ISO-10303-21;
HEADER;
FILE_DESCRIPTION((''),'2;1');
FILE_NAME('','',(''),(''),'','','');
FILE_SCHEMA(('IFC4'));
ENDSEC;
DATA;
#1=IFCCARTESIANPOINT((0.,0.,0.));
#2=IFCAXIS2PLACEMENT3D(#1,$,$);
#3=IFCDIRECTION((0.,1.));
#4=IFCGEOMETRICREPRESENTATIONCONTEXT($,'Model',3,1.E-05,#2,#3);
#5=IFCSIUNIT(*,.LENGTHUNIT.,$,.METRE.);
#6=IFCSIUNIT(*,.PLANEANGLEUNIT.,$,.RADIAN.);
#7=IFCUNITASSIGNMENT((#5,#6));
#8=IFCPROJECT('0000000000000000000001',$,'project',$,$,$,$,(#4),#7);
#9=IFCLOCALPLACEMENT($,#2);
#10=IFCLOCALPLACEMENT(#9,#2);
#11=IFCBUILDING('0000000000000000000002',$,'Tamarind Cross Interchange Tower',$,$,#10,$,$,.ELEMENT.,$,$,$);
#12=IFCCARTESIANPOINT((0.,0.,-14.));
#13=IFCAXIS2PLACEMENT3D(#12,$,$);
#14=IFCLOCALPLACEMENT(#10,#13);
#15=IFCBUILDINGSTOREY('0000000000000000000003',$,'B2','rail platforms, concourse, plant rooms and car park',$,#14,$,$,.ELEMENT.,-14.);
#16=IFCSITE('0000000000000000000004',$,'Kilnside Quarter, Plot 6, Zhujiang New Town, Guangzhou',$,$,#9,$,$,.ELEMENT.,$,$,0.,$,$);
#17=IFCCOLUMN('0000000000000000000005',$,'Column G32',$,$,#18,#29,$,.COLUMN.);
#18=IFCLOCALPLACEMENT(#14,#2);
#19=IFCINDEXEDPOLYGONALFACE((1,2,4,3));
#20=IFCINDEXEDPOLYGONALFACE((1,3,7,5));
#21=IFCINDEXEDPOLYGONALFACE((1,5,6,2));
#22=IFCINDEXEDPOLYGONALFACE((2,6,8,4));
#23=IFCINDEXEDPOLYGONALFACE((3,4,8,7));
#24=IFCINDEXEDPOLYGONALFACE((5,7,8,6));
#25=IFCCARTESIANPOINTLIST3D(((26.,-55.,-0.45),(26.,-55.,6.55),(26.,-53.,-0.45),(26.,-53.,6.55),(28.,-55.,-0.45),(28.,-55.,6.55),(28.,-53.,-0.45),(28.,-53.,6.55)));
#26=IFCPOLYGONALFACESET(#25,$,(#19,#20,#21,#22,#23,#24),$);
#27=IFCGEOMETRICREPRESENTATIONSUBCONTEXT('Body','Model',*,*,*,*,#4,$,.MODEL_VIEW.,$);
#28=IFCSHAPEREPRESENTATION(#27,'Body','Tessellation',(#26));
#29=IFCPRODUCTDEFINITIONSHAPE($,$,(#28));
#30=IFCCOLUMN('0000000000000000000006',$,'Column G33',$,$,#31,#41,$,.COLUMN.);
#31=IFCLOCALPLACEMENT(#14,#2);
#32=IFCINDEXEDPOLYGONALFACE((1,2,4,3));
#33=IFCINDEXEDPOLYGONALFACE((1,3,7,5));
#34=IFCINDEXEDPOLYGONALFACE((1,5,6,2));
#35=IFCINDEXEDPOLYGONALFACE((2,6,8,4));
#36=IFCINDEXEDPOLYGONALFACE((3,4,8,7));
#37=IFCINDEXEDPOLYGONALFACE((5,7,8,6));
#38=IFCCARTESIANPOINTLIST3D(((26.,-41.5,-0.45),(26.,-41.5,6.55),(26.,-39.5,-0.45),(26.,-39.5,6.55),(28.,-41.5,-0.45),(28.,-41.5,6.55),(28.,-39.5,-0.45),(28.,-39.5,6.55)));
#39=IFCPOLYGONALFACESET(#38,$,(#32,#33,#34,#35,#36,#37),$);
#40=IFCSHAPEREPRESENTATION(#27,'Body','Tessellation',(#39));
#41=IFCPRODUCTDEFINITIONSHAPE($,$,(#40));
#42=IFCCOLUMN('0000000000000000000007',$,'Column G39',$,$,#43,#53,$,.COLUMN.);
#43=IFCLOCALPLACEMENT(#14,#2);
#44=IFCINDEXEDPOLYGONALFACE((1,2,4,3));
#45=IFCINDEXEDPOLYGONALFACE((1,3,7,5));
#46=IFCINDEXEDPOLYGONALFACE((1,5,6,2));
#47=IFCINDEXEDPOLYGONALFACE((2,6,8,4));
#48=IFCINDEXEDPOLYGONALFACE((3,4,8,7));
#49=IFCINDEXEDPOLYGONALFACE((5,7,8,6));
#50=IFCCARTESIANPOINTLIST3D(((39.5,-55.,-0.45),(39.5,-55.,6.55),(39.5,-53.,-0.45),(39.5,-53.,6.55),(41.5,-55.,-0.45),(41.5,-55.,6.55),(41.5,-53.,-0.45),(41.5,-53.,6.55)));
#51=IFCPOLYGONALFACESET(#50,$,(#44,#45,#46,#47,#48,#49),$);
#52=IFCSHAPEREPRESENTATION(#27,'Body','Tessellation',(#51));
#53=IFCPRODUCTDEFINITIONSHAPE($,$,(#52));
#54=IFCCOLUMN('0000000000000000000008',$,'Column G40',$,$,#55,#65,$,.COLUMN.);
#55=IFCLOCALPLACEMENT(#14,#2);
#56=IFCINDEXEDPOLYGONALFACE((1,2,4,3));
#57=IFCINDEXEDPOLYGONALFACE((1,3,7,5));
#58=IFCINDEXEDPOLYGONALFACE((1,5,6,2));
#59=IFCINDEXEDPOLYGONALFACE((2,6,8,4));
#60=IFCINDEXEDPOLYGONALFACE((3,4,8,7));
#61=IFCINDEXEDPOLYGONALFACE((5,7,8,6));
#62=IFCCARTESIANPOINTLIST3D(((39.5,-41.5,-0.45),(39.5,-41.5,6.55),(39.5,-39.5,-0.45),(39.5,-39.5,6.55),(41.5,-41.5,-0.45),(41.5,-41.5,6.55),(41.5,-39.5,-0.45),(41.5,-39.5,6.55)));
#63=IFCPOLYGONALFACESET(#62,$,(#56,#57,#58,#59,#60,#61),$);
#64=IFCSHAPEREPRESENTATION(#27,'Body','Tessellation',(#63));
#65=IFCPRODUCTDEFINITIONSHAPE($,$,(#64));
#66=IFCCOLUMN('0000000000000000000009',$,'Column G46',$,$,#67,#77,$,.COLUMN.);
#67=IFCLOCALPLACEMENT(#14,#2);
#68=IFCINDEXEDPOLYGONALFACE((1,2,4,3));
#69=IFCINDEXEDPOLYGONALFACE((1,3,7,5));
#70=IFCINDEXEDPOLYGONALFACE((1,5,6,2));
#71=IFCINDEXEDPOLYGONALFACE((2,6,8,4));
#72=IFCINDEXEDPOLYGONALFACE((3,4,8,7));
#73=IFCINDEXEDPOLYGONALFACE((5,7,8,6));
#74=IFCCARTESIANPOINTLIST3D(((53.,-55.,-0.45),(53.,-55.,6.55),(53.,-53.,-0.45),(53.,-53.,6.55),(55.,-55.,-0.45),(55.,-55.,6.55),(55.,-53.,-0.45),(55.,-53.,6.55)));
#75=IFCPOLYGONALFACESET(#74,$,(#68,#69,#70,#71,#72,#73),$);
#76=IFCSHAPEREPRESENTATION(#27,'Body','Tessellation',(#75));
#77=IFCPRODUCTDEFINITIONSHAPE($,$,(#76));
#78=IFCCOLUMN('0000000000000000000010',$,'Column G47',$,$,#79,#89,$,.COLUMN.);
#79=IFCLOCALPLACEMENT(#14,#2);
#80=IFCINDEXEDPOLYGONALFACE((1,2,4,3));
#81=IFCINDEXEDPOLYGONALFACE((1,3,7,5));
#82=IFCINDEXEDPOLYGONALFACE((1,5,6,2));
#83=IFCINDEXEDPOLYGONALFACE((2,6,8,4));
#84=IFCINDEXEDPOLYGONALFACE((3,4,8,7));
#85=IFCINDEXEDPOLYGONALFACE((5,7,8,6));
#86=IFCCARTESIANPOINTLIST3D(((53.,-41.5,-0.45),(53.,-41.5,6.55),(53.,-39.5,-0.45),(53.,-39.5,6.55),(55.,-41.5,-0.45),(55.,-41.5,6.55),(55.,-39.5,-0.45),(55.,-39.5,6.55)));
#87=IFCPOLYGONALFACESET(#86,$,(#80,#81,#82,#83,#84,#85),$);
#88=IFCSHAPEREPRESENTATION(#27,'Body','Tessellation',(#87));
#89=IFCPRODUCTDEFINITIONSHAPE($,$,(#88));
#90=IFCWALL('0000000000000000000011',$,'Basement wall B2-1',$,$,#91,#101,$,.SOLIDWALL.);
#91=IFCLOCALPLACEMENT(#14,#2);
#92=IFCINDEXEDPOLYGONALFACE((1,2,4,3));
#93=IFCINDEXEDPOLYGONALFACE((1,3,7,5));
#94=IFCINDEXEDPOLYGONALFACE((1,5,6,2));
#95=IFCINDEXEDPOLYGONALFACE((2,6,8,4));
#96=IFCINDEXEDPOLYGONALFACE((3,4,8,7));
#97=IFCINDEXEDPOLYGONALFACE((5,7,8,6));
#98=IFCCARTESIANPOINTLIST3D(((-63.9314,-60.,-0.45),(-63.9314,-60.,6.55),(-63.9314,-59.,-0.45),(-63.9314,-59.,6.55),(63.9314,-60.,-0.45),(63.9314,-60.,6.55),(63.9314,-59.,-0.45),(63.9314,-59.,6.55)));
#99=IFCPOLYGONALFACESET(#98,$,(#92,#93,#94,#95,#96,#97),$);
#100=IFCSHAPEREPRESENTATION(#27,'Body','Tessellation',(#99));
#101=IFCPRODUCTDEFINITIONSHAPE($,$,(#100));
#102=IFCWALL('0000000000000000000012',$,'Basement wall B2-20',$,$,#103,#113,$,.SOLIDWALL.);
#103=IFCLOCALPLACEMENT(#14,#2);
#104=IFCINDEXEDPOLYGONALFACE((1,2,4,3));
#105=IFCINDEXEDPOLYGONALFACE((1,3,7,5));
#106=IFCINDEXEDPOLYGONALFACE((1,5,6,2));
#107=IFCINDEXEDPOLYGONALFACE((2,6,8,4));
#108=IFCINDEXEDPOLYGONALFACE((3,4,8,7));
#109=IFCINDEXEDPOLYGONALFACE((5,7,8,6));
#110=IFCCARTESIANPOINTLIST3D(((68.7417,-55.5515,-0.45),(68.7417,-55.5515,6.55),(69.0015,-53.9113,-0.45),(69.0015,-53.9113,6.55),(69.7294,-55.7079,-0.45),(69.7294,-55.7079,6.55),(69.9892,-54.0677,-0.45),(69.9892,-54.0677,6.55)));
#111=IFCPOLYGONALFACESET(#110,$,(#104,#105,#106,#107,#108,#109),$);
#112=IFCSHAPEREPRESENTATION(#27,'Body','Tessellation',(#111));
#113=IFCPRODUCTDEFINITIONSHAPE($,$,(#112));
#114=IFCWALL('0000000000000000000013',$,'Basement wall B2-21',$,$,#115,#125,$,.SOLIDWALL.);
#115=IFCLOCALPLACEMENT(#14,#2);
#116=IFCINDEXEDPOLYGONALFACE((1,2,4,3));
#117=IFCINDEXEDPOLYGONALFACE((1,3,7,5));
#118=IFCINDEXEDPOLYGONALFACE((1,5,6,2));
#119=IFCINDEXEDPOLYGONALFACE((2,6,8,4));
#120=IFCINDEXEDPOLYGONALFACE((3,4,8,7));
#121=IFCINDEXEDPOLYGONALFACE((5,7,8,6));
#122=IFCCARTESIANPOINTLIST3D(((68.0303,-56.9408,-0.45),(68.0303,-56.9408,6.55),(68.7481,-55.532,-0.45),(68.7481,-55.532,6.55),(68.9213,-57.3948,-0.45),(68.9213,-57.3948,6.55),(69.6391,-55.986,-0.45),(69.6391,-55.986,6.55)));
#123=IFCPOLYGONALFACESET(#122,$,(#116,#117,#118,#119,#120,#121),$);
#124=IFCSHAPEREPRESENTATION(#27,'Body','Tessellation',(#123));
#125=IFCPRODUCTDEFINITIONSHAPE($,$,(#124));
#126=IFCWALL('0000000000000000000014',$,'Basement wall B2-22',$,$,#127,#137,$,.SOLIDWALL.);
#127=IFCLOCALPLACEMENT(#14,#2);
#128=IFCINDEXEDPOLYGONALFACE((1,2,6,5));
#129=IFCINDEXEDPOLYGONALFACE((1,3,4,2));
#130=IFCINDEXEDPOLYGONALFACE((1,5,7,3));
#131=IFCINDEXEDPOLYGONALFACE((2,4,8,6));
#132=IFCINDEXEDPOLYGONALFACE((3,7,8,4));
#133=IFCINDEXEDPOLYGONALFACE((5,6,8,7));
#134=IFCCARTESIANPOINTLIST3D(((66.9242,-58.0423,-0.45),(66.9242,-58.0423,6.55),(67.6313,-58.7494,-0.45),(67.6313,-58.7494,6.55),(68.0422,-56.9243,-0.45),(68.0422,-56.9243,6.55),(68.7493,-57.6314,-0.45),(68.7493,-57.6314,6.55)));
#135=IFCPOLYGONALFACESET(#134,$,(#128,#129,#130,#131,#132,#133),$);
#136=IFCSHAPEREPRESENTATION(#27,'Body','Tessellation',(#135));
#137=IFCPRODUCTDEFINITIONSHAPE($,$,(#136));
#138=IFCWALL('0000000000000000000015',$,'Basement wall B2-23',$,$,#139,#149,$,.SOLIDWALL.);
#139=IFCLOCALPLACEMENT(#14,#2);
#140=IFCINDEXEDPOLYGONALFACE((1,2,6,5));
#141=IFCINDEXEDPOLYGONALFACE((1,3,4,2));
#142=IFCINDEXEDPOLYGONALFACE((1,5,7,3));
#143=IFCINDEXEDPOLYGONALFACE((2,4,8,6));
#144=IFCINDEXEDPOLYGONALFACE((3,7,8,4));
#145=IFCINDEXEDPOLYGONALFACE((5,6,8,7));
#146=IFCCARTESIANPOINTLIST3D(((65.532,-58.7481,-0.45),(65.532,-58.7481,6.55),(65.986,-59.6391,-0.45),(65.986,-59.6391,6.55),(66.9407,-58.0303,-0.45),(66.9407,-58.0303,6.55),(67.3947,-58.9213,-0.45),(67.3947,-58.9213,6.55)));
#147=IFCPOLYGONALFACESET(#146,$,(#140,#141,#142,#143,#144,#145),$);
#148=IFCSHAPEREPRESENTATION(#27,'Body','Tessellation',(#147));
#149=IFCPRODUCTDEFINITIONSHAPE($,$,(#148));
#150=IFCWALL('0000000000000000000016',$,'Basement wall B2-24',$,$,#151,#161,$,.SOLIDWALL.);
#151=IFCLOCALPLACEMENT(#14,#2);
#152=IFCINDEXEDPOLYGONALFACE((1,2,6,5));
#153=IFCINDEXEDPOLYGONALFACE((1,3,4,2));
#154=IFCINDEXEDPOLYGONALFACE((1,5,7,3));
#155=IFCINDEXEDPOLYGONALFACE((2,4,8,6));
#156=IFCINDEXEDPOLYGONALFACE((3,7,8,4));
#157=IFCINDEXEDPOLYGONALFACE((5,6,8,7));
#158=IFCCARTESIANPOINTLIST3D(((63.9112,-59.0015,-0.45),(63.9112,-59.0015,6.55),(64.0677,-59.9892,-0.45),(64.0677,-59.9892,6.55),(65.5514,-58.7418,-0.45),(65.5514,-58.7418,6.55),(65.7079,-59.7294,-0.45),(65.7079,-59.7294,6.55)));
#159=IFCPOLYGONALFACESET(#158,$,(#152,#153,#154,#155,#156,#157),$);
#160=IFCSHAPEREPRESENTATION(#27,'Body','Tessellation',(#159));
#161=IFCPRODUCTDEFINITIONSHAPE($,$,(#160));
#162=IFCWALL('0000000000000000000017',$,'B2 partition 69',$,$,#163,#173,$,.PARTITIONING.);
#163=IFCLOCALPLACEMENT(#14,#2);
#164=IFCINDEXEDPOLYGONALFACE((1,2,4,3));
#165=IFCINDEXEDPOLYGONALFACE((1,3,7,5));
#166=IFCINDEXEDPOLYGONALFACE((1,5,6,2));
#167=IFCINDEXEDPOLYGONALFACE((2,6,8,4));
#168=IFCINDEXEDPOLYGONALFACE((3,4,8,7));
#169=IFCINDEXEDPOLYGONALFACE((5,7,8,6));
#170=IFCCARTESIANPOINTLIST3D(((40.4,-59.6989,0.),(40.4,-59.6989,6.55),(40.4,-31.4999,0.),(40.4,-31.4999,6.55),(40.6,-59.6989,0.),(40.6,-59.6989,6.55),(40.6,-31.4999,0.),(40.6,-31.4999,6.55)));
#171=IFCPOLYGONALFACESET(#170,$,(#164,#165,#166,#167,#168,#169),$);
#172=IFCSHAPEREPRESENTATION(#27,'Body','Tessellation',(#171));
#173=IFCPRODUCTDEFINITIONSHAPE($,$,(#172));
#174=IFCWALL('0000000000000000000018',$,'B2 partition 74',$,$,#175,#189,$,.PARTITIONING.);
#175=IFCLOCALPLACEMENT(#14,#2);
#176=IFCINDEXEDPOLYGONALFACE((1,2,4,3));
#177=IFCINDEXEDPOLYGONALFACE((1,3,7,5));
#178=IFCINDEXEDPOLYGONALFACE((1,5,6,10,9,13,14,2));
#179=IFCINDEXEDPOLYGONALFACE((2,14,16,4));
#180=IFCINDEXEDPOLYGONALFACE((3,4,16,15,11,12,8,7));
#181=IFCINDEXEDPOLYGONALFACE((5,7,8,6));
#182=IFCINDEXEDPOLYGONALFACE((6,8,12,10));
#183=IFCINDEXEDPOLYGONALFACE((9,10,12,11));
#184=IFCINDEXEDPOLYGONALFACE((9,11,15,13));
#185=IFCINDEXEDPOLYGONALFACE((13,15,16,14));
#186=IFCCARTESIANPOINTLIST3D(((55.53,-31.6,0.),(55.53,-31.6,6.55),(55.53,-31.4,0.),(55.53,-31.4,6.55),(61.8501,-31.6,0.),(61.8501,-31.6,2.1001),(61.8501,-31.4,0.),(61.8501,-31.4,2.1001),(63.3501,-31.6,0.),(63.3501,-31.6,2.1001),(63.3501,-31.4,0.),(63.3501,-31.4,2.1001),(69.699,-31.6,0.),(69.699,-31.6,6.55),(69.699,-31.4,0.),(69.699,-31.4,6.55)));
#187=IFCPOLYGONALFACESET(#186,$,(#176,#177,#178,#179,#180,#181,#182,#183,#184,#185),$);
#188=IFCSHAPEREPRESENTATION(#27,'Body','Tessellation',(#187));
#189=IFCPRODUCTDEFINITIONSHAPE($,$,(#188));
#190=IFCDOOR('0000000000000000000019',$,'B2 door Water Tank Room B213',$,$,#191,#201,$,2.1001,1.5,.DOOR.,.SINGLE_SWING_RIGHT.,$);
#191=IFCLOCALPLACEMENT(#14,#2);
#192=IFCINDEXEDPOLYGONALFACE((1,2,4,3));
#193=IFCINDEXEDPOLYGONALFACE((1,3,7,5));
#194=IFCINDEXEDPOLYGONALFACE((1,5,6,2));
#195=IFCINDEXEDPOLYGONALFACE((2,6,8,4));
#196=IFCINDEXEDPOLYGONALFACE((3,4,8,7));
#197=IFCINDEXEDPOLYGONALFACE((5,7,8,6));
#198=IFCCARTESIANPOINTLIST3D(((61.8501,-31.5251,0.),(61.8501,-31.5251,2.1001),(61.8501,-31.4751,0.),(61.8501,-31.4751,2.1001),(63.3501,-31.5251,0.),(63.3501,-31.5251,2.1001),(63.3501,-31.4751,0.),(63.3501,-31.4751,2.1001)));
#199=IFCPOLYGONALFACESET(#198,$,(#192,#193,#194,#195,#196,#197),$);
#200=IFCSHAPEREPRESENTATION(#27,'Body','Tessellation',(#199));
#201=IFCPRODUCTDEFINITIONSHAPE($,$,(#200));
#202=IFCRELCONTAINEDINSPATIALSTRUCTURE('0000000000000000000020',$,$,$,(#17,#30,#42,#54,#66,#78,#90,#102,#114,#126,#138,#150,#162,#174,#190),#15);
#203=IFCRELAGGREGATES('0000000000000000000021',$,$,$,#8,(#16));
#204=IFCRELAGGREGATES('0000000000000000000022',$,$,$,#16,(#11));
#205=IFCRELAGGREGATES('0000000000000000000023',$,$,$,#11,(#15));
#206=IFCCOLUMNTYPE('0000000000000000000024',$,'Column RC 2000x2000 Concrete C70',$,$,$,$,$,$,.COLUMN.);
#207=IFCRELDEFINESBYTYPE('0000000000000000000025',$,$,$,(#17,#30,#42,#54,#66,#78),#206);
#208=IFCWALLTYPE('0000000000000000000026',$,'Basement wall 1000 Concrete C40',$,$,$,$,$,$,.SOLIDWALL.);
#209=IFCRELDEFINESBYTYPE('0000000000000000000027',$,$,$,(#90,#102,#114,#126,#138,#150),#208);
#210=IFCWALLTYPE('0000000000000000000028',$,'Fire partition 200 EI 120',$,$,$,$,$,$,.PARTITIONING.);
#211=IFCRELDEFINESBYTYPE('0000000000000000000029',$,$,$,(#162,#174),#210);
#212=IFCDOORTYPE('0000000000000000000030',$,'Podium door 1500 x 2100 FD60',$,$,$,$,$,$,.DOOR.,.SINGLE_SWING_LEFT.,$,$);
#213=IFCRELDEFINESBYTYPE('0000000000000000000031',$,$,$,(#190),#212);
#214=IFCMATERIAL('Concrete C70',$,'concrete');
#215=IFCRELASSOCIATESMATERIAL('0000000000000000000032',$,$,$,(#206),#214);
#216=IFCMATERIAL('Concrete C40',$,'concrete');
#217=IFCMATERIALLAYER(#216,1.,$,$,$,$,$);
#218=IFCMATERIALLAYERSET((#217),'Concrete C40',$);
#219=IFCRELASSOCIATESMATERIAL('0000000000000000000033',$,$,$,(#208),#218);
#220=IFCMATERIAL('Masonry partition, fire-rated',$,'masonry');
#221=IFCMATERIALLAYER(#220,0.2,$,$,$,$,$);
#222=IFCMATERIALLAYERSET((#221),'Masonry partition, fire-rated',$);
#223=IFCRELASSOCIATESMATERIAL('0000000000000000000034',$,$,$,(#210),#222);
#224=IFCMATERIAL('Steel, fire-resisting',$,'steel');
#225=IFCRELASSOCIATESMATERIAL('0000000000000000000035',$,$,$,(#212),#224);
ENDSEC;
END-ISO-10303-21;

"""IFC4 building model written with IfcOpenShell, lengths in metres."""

from ifc_helpers import new_model, si_unit, direction, frame, frame_2d, origin, origin_2d, place, context, subcontext, project, spatial, rectangle, extrude, material, layer, layer_set, material_profile, profile_set, type_object, element, fill, save


model = new_model("IFC4")

# Units and contexts
model_context = context("Model", 3, precision=1e-05, world=origin(), true_north=direction((0.0, 1.0)))
body_context = subcontext(model_context, "Body", "Model", "MODEL_VIEW")
ifc_project = project(units=[si_unit("LENGTHUNIT", "METRE"), si_unit("PLANEANGLEUNIT", "RADIAN")], contexts=[model_context])

# Site, building, storey
site_placement = place(None, origin())
site = spatial("IfcSite", under=ifc_project, at=site_placement, Name="Kilnside Quarter, Plot 6, Zhujiang New Town, Guangzhou", CompositionType="ELEMENT", RefElevation=0.0)
building_placement = place(site_placement, origin())
building = spatial("IfcBuilding", under=site, at=building_placement, Name="Tamarind Cross Interchange Tower", CompositionType="ELEMENT")
storey_placement = place(building_placement, frame((0.0, 0.0, -14.0)))
storey = spatial("IfcBuildingStorey", under=building, at=storey_placement, Name="B2", Description="rail platforms, concourse, plant rooms and car park", CompositionType="ELEMENT", Elevation=-14.0)

# Columns
ifc_material_1 = material(Name="Concrete C70", Category="concrete")
ifc_material_profile = material_profile(ifc_material_1, rectangle(XDim=2.0, YDim=2.0, at=origin_2d()), Name="RC 2000x2000")
ifc_profile_set = profile_set([ifc_material_profile], Name="Concrete C70")
column_type = type_object("IfcColumnType", Name="Column RC 2000x2000 Concrete C70", PredefinedType="COLUMN", material=ifc_profile_set)
for number, where, z_axis, x_axis, name in (
    (1, (27.0, -54.0, -0.45), (0.0, 0.0, 1.0), (1.0, 0.0, 0.0), "Column G32"),
    (2, (27.0, -40.5, -0.45), (0.0, 0.0, 1.0), (1.0, 0.0, 0.0), "Column G33"),
    (3, (40.5, -54.0, -0.45), (0.0, 0.0, 1.0), (1.0, 0.0, 0.0), "Column G39"),
    (4, (40.5, -40.5, -0.45), (0.0, 0.0, 1.0), (1.0, 0.0, 0.0), "Column G40"),
    (5, (54.0, -54.0, -0.45), (0.0, 0.0, 1.0), (1.0, 0.0, 0.0), "Column G46"),
    (6, (54.0, -40.5, -0.45), (0.0, 0.0, 1.0), (1.0, 0.0, 0.0), "Column G47"),
):
    element("IfcColumn", number, at=place(storey_placement, frame(where, z_axis=z_axis, x_axis=x_axis)), inside=storey, type_object=column_type, Name=name, PredefinedType="COLUMN", context=body_context, shape_type="SweptSolid", body=[
        extrude(rectangle(XDim=2.0, YDim=2.0, at=origin_2d()), origin(), (0.0, 0.0, 1.0), 7.0),
    ])

# Walls
ifc_material_2 = material(Name="Concrete C40", Category="concrete")
ifc_layer_1 = layer(ifc_material_2, 1.0)
ifc_layer_set_1 = layer_set([ifc_layer_1], Name="Concrete C40")
wall_type_1 = type_object("IfcWallType", Name="Basement wall 1000 Concrete C40", PredefinedType="SOLIDWALL", material=ifc_layer_set_1)
wall_1_placement = place(storey_placement, frame((63.9314, -59.5, -0.45), z_axis=(0.0, 0.0, 1.0), x_axis=(-1.0, 0.0, 0.0)))
element("IfcWall", 7, at=wall_1_placement, inside=storey, type_object=wall_type_1, Name="Basement wall B2-1", PredefinedType="SOLIDWALL", context=body_context, shape_type="SweptSolid", body=[
    extrude(rectangle(XDim=127.8628, YDim=1.0, at=frame_2d((63.9314, 0.0))), origin(), (0.0, 0.0, 1.0), 7.0),
])
wall_2_placement = place(storey_placement, frame((69.4954, -53.9895, -0.45), z_axis=(0.0, 0.0, 1.0), x_axis=(-0.156431, -0.987689, 0.0)))
element("IfcWall", 8, at=wall_2_placement, inside=storey, type_object=wall_type_1, Name="Basement wall B2-20", PredefinedType="SOLIDWALL", context=body_context, shape_type="SweptSolid", body=[
    extrude(rectangle(XDim=1.6606, YDim=1.0, at=frame_2d((0.8303, 0.0))), origin(), (0.0, 0.0, 1.0), 7.0),
])
for number, where, z_axis, x_axis, name in (
    (9, (69.1936, -55.759, -0.45), (0.0, 0.0, 1.0), (-0.453995, -0.891004, 0.0), "Basement wall B2-21"),
    (10, (68.3958, -57.2778, -0.45), (0.0, 0.0, 1.0), (-0.707107, -0.707107, 0.0), "Basement wall B2-22"),
    (11, (67.1677, -58.4758, -0.45), (0.0, 0.0, 1.0), (-0.891004, -0.453995, 0.0), "Basement wall B2-23"),
):
    element("IfcWall", number, at=place(storey_placement, frame(where, z_axis=z_axis, x_axis=x_axis)), inside=storey, type_object=wall_type_1, Name=name, PredefinedType="SOLIDWALL", context=body_context, shape_type="SweptSolid", body=[
        extrude(rectangle(XDim=1.5811, YDim=1.0, at=frame_2d((0.7905, 0.0))), origin(), (0.0, 0.0, 1.0), 7.0),
    ])
wall_3_placement = place(storey_placement, frame((65.6296, -59.2356, -0.45), z_axis=(0.0, 0.0, 1.0), x_axis=(-0.987689, -0.156431, 0.0)))
element("IfcWall", 12, at=wall_3_placement, inside=storey, type_object=wall_type_1, Name="Basement wall B2-24", PredefinedType="SOLIDWALL", context=body_context, shape_type="SweptSolid", body=[
    extrude(rectangle(XDim=1.6606, YDim=1.0, at=frame_2d((0.8303, 0.0))), origin(), (0.0, 0.0, 1.0), 7.0),
])
ifc_material_3 = material(Name="Masonry partition, fire-rated", Category="masonry")
ifc_layer_2 = layer(ifc_material_3, 0.2)
ifc_layer_set_2 = layer_set([ifc_layer_2], Name="Masonry partition, fire-rated")
wall_type_2 = type_object("IfcWallType", Name="Fire partition 200 EI 120", PredefinedType="PARTITIONING", material=ifc_layer_set_2)
wall_4_placement = place(storey_placement, frame((40.5, -59.699, 0.0), z_axis=(0.0, 0.0, 1.0), x_axis=(0.0, 1.0, 0.0)))
element("IfcWall", 13, at=wall_4_placement, inside=storey, type_object=wall_type_2, Name="B2 partition 69", PredefinedType="PARTITIONING", context=body_context, shape_type="SweptSolid", body=[
    extrude(rectangle(XDim=28.199, YDim=0.2, at=frame_2d((14.0996, 0.0))), origin(), (0.0, 0.0, 1.0), 6.55),
])

# Wall, opening, door
wall_5_placement = place(storey_placement, frame((55.53, -31.5, 0.0), z_axis=(0.0, 0.0, 1.0), x_axis=(1.0, 0.0, 0.0)))
wall_5 = element("IfcWall", 14, at=wall_5_placement, inside=storey, type_object=wall_type_2, Name="B2 partition 74", PredefinedType="PARTITIONING", context=body_context, shape_type="SweptSolid", body=[
    extrude(rectangle(XDim=14.1689, YDim=0.2, at=frame_2d((7.0845, 0.0))), origin(), (0.0, 0.0, 1.0), 6.55),
])
opening_1_placement = place(wall_5_placement, frame((6.3201, 0.0, 0.0)))
opening_1 = element("IfcOpeningElement", 15, at=opening_1_placement, cuts=wall_5, PredefinedType="OPENING", context=body_context, shape_type="SweptSolid", body=[
    extrude(rectangle(XDim=1.5, YDim=2.1001, at=frame_2d((0.75, 1.05))), frame((0.0, 0.1099, 0.0), z_axis=(0.0, -1.0, 0.0), x_axis=(1.0, 0.0, 0.0)), (0.0, 0.0, 1.0), 0.22),
])
ifc_material_4 = material(Name="Steel, fire-resisting", Category="steel")
door_type_1 = type_object("IfcDoorType", Name="Podium door 1500 x 2100 FD60", OperationType="SINGLE_SWING_LEFT", PredefinedType="DOOR", material=ifc_material_4)
door_1_placement = place(opening_1_placement, origin())
door_1 = element("IfcDoor", 16, at=door_1_placement, inside=storey, type_object=door_type_1, Name="B2 door Water Tank Room B213", OperationType="SINGLE_SWING_RIGHT", OverallHeight=2.1001, OverallWidth=1.5, PredefinedType="DOOR", context=body_context, shape_type="SweptSolid", body=[
    extrude(rectangle(XDim=1.5, YDim=2.1001, at=frame_2d((0.75, 1.05))), frame((0.0, 0.0249, 0.0), z_axis=(0.0, -1.0, 0.0), x_axis=(1.0, 0.0, 0.0)), (0.0, 0.0, 1.0), 0.05),
])
fill(opening_1, door_1)

save(model, "model.ifc")
